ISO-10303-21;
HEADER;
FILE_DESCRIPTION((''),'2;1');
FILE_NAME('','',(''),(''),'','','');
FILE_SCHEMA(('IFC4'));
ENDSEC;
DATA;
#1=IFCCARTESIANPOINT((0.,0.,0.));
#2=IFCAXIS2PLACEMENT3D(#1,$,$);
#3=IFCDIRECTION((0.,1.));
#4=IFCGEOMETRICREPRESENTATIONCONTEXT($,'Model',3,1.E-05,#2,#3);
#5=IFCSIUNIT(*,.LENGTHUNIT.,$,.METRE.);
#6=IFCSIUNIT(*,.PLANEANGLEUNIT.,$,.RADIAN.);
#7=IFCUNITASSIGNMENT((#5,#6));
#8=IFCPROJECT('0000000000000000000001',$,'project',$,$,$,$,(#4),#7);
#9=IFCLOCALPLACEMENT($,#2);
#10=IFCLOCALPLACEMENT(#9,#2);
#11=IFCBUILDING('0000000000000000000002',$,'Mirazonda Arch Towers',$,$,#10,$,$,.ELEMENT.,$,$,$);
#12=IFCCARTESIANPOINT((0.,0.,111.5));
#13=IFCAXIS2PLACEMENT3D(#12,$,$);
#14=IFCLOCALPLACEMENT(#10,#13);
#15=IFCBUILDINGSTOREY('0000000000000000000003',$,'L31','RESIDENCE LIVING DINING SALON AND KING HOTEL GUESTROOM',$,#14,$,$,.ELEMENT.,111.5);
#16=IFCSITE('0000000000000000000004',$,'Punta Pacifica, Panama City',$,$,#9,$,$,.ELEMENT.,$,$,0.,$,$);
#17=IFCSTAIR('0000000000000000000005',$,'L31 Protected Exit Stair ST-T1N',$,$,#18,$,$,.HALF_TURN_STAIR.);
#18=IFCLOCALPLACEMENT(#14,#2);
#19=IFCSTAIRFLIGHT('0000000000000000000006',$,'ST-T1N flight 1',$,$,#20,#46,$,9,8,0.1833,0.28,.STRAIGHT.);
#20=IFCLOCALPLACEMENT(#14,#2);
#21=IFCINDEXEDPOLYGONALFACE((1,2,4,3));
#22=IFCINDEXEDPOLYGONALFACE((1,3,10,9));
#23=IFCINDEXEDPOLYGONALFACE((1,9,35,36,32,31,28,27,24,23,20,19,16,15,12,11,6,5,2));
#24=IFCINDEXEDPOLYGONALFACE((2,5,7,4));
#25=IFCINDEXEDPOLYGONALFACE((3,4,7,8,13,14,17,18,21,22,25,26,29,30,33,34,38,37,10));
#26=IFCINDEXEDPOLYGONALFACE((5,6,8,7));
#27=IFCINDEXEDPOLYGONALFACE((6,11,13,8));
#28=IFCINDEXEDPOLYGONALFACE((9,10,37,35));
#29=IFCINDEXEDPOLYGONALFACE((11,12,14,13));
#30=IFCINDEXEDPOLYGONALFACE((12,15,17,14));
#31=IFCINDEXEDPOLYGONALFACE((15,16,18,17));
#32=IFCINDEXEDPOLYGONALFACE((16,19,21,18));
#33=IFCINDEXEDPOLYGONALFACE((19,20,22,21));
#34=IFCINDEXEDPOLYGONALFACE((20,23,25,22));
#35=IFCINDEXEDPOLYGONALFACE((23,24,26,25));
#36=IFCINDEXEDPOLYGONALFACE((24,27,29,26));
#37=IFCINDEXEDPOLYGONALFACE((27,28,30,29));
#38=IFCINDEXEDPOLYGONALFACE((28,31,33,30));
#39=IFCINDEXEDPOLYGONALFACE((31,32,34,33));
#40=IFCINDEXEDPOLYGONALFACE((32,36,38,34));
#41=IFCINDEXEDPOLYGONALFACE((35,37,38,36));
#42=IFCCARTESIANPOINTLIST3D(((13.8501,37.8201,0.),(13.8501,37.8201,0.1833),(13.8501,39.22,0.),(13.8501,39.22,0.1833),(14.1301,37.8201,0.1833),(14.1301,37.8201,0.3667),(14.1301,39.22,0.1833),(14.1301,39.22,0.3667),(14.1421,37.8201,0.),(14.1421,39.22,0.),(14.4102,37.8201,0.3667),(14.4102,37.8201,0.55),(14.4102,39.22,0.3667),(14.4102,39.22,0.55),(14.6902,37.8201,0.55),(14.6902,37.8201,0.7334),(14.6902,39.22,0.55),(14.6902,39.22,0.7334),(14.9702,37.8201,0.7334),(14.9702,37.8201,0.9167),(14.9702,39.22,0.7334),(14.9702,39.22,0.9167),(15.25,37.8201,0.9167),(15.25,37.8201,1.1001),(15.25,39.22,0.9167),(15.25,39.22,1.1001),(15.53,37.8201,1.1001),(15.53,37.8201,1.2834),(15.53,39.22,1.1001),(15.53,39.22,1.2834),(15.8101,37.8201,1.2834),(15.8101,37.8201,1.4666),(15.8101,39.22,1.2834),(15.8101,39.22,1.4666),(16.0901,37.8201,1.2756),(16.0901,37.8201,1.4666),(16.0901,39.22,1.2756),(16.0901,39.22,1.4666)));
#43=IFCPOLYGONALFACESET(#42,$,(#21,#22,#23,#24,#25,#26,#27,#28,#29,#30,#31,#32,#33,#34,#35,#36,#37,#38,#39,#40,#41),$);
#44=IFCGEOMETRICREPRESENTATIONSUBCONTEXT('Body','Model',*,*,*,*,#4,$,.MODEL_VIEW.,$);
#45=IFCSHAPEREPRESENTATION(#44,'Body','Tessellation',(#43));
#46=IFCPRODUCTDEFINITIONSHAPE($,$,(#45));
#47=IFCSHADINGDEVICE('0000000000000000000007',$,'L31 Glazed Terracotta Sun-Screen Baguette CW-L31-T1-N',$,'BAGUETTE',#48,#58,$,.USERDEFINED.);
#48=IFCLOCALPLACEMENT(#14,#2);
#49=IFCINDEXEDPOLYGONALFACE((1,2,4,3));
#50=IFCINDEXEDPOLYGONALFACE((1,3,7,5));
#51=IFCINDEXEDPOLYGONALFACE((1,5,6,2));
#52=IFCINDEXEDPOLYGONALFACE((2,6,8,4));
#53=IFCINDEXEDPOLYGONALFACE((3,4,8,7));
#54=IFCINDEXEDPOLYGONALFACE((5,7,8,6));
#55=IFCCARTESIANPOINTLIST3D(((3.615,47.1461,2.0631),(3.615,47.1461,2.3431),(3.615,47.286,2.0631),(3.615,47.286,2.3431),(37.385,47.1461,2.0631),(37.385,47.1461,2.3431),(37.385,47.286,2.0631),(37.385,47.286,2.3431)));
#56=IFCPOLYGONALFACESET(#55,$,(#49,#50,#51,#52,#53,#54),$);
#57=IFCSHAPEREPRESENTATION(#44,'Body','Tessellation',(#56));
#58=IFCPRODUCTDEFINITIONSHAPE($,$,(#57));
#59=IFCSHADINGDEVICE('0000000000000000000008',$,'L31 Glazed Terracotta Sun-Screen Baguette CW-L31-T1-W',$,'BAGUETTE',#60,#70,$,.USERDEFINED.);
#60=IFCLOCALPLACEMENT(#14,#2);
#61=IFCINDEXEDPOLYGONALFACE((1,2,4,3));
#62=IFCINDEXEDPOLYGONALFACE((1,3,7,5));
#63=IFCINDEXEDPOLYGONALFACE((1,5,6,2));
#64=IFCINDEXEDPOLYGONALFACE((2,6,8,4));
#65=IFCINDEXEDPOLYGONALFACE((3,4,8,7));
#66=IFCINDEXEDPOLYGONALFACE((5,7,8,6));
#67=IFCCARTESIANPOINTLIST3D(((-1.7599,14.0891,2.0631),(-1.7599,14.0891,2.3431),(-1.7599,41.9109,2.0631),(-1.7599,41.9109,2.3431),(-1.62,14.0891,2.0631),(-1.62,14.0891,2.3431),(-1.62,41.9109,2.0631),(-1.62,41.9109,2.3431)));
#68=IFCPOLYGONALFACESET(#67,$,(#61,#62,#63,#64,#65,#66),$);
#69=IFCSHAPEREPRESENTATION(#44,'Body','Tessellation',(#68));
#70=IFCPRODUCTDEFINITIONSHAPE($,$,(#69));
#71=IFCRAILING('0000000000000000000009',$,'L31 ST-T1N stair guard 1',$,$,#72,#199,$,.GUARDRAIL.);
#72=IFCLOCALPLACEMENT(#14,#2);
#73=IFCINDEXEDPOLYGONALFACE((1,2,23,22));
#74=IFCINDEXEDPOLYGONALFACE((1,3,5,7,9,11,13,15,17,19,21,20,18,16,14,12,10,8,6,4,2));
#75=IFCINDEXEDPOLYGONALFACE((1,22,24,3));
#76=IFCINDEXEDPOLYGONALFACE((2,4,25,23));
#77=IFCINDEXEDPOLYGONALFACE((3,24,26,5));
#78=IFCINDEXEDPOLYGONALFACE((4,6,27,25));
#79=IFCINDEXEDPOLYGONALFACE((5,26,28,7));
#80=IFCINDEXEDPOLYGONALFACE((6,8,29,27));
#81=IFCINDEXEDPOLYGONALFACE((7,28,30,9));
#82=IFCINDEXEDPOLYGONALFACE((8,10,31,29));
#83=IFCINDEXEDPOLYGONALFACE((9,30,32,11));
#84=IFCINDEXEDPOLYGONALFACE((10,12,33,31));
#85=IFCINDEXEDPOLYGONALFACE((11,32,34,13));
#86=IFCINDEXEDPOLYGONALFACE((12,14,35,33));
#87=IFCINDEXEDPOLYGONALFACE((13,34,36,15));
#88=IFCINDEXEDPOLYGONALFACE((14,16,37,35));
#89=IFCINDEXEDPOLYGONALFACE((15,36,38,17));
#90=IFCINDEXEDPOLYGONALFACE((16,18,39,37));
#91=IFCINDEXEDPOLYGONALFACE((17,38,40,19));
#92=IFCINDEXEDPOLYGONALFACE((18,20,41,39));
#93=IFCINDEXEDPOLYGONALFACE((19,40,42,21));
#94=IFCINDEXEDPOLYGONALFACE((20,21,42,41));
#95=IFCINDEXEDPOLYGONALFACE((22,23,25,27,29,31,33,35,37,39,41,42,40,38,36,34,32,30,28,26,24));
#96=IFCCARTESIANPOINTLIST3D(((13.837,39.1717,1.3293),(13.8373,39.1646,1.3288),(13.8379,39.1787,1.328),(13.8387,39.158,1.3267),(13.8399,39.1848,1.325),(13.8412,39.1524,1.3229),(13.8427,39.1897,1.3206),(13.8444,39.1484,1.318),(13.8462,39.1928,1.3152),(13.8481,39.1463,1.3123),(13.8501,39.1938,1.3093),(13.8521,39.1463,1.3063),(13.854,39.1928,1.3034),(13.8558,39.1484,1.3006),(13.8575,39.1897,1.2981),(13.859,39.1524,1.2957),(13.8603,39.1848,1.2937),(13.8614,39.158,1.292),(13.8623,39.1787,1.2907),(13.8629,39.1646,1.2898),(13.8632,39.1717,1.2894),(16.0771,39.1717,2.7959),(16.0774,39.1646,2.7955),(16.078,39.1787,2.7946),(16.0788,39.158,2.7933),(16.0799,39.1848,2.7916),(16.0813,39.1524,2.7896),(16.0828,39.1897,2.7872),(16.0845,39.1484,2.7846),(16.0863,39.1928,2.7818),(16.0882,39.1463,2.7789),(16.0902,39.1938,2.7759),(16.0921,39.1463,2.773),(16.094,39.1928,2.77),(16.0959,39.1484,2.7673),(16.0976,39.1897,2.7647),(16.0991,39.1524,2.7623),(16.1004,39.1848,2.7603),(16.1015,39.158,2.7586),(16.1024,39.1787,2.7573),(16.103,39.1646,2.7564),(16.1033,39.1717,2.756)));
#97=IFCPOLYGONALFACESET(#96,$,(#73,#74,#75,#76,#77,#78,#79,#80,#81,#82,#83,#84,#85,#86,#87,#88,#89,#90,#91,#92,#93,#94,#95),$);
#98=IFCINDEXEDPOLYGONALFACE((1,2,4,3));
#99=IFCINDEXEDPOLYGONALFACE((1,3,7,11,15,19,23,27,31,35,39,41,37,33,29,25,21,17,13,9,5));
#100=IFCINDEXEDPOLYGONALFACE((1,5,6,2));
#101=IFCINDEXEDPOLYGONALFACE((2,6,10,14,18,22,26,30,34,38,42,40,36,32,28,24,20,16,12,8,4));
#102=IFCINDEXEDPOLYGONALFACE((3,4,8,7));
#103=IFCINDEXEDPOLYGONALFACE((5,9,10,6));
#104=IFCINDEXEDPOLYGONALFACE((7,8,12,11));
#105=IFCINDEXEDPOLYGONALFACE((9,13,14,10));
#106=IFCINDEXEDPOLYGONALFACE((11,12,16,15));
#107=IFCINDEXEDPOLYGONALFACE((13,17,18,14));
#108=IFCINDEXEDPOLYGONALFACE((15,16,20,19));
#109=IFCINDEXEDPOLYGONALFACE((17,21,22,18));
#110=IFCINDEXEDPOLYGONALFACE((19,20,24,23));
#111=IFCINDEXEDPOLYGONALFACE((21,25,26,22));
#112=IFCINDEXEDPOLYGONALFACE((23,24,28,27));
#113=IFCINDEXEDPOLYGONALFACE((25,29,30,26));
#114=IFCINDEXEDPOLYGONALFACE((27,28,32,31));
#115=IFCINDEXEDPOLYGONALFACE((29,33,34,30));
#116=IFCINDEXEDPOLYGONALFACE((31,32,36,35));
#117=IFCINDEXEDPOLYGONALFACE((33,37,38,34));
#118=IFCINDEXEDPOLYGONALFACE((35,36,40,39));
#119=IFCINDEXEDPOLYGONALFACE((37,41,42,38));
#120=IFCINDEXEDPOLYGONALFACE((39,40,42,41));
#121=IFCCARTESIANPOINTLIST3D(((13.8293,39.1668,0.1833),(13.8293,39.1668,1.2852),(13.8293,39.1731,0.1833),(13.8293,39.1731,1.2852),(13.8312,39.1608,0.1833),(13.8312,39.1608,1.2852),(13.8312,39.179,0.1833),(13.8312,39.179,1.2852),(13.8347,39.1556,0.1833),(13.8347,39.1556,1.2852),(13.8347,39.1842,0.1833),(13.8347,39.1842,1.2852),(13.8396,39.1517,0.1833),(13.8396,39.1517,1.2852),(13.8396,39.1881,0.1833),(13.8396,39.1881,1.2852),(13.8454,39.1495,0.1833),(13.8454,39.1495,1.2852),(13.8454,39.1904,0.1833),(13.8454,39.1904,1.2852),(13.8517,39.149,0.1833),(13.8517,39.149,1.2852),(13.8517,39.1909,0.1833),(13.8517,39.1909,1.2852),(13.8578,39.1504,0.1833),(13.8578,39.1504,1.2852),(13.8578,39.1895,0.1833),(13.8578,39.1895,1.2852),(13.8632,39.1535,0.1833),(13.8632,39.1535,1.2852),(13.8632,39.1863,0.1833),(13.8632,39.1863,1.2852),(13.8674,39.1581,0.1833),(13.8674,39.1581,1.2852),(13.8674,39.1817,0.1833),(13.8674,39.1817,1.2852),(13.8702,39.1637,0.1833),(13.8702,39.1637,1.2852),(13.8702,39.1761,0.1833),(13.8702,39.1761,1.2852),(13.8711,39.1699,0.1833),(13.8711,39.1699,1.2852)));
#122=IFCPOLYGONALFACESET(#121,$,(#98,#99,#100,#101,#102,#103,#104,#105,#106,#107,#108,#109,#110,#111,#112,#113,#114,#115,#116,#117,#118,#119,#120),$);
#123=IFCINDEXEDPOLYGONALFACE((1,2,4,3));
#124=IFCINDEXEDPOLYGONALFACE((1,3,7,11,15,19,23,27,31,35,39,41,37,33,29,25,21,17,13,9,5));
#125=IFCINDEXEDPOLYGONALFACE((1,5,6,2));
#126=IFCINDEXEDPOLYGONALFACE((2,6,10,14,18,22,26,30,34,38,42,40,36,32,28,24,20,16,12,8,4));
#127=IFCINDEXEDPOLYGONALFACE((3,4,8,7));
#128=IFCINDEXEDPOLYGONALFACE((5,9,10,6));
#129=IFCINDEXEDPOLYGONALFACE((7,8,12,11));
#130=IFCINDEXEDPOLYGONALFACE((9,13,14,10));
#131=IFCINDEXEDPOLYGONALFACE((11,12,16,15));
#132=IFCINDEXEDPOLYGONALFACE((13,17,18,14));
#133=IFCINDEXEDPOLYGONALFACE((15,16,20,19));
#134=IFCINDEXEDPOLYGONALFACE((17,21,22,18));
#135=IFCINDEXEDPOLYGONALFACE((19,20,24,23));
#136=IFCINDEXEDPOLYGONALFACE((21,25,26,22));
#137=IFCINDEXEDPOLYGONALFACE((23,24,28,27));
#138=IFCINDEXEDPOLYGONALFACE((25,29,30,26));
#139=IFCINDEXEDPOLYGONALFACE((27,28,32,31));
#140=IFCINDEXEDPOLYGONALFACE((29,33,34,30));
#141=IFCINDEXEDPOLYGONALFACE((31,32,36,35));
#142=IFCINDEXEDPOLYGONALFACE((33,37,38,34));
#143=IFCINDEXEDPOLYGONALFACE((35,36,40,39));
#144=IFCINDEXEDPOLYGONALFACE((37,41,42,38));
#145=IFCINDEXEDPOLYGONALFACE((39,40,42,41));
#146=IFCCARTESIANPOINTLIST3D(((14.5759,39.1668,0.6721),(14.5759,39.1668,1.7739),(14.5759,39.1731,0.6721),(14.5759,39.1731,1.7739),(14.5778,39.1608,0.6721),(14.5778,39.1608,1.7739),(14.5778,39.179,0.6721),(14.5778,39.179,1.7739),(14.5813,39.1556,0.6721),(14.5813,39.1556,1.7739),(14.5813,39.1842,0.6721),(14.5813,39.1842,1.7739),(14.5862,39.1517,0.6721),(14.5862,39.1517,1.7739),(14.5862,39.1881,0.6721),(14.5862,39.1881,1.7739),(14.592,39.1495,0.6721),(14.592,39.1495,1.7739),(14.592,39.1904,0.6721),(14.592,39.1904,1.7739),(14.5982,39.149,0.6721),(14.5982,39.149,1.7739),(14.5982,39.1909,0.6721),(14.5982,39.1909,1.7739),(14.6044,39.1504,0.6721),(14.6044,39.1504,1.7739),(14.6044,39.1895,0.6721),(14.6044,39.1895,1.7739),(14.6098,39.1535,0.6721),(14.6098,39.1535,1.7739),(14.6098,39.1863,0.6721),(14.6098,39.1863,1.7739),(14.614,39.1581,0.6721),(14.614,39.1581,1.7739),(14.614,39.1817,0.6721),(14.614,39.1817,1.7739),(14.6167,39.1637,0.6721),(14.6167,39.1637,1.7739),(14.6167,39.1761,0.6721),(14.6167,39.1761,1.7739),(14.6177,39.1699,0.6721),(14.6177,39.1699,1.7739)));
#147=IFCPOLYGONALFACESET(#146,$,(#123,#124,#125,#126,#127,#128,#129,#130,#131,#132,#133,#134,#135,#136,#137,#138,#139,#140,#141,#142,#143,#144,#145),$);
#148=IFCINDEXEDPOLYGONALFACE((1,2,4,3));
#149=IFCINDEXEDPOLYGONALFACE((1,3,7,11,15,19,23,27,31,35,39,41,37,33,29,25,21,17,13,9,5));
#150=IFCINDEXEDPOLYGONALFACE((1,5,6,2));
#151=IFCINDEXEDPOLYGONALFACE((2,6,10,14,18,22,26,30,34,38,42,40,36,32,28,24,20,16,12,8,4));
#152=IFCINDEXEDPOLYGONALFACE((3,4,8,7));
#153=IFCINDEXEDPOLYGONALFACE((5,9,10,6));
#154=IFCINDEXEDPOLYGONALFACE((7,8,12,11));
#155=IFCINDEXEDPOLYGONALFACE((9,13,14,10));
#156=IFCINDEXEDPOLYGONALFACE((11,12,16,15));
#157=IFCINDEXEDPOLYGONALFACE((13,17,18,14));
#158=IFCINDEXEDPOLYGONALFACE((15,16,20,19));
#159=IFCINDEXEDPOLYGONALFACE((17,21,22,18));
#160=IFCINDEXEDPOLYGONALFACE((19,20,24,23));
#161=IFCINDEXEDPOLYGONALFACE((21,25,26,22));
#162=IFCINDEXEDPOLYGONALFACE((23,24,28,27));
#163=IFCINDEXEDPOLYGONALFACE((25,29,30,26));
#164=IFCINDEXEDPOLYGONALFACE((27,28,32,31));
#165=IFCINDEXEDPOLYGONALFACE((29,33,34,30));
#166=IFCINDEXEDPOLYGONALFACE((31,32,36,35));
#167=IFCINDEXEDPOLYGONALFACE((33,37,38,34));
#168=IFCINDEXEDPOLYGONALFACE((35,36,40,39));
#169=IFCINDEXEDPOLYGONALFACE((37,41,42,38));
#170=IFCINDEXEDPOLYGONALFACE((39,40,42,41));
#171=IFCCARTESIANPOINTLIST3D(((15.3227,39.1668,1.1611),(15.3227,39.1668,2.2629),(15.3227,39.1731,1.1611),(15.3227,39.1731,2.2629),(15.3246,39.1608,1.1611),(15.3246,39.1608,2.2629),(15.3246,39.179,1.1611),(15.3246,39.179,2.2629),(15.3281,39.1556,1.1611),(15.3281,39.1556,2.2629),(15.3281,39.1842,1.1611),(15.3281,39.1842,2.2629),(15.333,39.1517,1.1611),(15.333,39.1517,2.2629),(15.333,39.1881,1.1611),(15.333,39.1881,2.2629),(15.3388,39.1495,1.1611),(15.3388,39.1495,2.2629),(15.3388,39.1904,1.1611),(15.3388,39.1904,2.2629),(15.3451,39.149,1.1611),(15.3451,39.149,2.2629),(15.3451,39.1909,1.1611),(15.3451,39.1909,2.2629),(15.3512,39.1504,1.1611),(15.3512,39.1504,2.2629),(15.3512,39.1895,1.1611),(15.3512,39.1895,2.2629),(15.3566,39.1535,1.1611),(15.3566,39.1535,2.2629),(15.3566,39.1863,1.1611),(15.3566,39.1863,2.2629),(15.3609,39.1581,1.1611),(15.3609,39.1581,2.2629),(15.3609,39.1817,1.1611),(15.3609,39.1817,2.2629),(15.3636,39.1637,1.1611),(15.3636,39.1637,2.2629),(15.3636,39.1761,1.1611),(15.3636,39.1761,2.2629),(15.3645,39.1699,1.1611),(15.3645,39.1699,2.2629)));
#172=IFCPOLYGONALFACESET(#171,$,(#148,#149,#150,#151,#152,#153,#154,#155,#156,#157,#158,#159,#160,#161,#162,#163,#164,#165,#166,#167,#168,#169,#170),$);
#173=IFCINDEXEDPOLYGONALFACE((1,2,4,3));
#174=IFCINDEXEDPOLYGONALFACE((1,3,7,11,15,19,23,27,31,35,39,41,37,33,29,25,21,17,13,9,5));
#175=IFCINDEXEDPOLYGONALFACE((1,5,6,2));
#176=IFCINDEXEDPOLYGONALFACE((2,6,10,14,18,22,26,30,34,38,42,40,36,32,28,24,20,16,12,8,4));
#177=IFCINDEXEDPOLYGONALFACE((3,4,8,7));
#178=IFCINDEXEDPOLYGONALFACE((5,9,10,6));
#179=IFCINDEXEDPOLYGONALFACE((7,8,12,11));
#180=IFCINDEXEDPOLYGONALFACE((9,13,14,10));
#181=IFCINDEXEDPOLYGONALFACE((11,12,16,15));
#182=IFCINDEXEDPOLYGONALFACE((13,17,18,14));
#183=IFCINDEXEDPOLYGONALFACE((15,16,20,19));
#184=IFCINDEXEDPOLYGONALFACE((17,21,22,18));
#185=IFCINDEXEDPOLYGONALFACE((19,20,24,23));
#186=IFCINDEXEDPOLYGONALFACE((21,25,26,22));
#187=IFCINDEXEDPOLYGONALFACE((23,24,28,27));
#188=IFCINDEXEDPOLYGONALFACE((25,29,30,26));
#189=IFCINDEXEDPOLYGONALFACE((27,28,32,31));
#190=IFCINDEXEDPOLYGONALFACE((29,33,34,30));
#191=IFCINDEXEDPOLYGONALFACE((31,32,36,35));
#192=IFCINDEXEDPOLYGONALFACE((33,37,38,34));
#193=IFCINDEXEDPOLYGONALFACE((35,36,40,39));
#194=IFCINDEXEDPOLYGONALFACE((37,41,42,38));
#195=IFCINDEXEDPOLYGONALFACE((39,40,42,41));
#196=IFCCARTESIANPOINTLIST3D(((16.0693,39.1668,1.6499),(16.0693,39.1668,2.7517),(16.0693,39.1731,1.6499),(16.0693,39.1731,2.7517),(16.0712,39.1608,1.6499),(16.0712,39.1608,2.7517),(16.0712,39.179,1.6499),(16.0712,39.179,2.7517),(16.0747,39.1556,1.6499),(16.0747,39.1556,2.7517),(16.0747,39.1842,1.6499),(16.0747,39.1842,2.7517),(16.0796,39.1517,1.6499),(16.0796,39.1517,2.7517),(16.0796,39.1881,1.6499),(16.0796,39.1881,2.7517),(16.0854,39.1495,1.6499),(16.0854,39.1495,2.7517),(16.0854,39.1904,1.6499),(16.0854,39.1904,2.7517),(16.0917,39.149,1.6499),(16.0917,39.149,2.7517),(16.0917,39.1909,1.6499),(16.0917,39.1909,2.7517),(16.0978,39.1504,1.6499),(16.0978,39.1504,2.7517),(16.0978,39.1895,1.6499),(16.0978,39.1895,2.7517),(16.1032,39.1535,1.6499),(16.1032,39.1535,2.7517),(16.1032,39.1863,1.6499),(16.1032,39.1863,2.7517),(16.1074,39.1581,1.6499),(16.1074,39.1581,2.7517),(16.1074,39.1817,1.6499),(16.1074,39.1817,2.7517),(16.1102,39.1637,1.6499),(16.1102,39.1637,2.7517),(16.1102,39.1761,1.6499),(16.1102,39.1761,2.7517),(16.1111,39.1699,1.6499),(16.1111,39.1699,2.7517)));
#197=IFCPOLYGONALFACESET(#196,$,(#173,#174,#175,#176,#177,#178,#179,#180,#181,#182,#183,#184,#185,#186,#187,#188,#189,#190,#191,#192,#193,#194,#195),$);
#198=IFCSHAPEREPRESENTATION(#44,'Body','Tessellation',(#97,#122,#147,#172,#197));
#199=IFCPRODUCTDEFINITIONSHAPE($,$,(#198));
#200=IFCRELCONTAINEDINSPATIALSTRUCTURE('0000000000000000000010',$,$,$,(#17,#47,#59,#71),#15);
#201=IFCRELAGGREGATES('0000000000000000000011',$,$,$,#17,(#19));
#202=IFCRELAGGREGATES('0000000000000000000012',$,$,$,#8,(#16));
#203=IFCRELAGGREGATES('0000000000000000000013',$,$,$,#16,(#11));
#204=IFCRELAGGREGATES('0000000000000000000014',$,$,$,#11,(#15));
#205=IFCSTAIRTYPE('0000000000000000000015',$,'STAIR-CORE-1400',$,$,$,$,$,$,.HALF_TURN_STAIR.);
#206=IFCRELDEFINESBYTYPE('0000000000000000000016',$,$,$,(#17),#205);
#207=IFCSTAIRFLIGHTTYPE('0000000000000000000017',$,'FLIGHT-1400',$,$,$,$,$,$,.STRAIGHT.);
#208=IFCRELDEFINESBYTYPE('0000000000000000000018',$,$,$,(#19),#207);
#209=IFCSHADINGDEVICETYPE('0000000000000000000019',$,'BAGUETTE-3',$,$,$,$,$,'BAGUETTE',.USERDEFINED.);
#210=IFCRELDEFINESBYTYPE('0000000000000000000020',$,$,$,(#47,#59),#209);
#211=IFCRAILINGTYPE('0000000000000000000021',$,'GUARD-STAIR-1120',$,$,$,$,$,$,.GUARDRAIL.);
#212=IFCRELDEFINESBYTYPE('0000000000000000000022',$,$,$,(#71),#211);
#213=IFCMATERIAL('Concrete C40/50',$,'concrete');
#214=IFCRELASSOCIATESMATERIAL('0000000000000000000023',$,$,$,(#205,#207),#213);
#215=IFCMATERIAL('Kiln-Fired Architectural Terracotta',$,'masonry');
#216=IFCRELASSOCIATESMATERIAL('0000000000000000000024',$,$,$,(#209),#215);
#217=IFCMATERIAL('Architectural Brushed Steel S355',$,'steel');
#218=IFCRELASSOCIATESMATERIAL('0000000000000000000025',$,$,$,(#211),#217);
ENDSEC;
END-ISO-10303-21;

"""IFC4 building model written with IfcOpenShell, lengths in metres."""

from ifc_helpers import new_model, si_unit, direction, frame, origin, origin_2d, place, context, subcontext, project, spatial, polyline, rectangle, circle, outline, extrude, material, material_profile, profile_set, type_object, element, aggregate, save


model = new_model("IFC4")

# Units and contexts
model_context = context("Model", 3, precision=1e-05, world=origin(), true_north=direction((0.0, 1.0)))
body_context = subcontext(model_context, "Body", "Model", "MODEL_VIEW")
ifc_project = project(units=[si_unit("LENGTHUNIT", "METRE"), si_unit("PLANEANGLEUNIT", "RADIAN")], contexts=[model_context])

# Site, building, storey
site_placement = place(None, origin())
site = spatial("IfcSite", under=ifc_project, at=site_placement, Name="Punta Pacifica, Panama City", CompositionType="ELEMENT", RefElevation=0.0)
building_placement = place(site_placement, origin())
building = spatial("IfcBuilding", under=site, at=building_placement, Name="Mirazonda Arch Towers", CompositionType="ELEMENT")
storey_placement = place(building_placement, frame((0.0, 0.0, 111.5)))
storey = spatial("IfcBuildingStorey", under=building, at=storey_placement, Name="L31", Description="RESIDENCE LIVING DINING SALON AND KING HOTEL GUESTROOM", CompositionType="ELEMENT", Elevation=111.5)

# Shared definitions
ifc_material_1 = material(Name="Architectural Brushed Steel S355", Category="steel")

# Stair, stair flight
ifc_material_2 = material(Name="Concrete C40/50", Category="concrete")
stair_type = type_object("IfcStairType", Name="STAIR-CORE-1400", PredefinedType="HALF_TURN_STAIR", material=ifc_material_2)
stair_placement = place(storey_placement, origin())
stair = element("IfcStair", 1, at=stair_placement, inside=storey, type_object=stair_type, Name="L31 Protected Exit Stair ST-T1N", PredefinedType="HALF_TURN_STAIR")
stair_flight_type = type_object("IfcStairFlightType", Name="FLIGHT-1400", PredefinedType="STRAIGHT", material=ifc_material_2)
stair_flight_placement = place(storey_placement, frame((13.8501, 38.52, 0.0), z_axis=(0.0, 0.0, 1.0), x_axis=(1.0, 0.0, 0.0)))
stair_flight = element("IfcStairFlight", 2, at=stair_flight_placement, type_object=stair_flight_type, Name="ST-T1N flight 1", NumberOfRisers=9, NumberOfTreads=8, PredefinedType="STRAIGHT", RiserHeight=0.1833, TreadLength=0.28, context=body_context, shape_type="SweptSolid", body=[
    extrude(outline(polyline([(0.0, 0.0), (0.0, 0.1833), (0.28, 0.1833), (0.28, 0.3667), (0.5601, 0.3667), (0.5601, 0.55), (0.8401, 0.55), (0.8401, 0.7334), (1.1201, 0.7334), (1.1201, 0.9167), (1.3999, 0.9167), (1.3999, 1.1001), (1.6799, 1.1001), (1.6799, 1.2834), (1.96, 1.2834), (1.96, 1.4666), (2.24, 1.4666), (2.24, 1.6499), (2.24, 1.2756), (0.292, 0.0), (0.0, 0.0)])), frame((0.0, 0.7, 0.0), z_axis=(0.0, -1.0, 0.0), x_axis=(1.0, 0.0, 0.0)), (0.0, 0.0, 1.0), 1.3999),
])
aggregate(stair, [stair_flight])

# Shading devices
ifc_material_3 = material(Name="Kiln-Fired Architectural Terracotta", Category="masonry")
ifc_material_profile_1 = material_profile(ifc_material_3, rectangle(XDim=0.1399, YDim=0.28, at=origin_2d()), Name="TERRA-BAG-140x280")
ifc_profile_set_1 = profile_set([ifc_material_profile_1], Name="Kiln-Fired Architectural Terracotta")
shading_device_type = type_object("IfcShadingDeviceType", Name="BAGUETTE-3", ElementType="BAGUETTE", PredefinedType="USERDEFINED", material=ifc_profile_set_1)
shading_device_1_placement = place(storey_placement, frame((3.615, 47.2161, 2.2031), z_axis=(1.0, 0.0, 0.0), x_axis=(0.0, 1.0, 0.0)))
element("IfcShadingDevice", 3, at=shading_device_1_placement, inside=storey, type_object=shading_device_type, Name="L31 Glazed Terracotta Sun-Screen Baguette CW-L31-T1-N", ObjectType="BAGUETTE", PredefinedType="USERDEFINED", context=body_context, shape_type="SweptSolid", body=[
    extrude(rectangle(XDim=0.1399, YDim=0.28, at=origin_2d()), origin(), (0.0, 0.0, 1.0), 33.77),
])
shading_device_2_placement = place(storey_placement, frame((-1.6899, 41.9109, 2.2031), z_axis=(0.0, -1.0, 0.0), x_axis=(1.0, 0.0, 0.0)))
element("IfcShadingDevice", 4, at=shading_device_2_placement, inside=storey, type_object=shading_device_type, Name="L31 Glazed Terracotta Sun-Screen Baguette CW-L31-T1-W", ObjectType="BAGUETTE", PredefinedType="USERDEFINED", context=body_context, shape_type="SweptSolid", body=[
    extrude(rectangle(XDim=0.1399, YDim=0.28, at=origin_2d()), origin(), (0.0, 0.0, 1.0), 27.8218),
])

# Railing
railing_type_1 = type_object("IfcRailingType", Name="GUARD-STAIR-1120", PredefinedType="GUARDRAIL", material=ifc_material_1)
railing_1_placement = place(storey_placement, frame((13.8501, 39.1699, 0.1833)))
element("IfcRailing", 5, at=railing_1_placement, inside=storey, type_object=railing_type_1, Name="L31 ST-T1N stair guard 1", PredefinedType="GUARDRAIL", context=body_context, shape_type="SweptSolid", body=[
    extrude(circle(Radius=0.0239, at=origin_2d()), frame((0.0, 0.0, 1.126), z_axis=(0.836637, 0.0, 0.547758), x_axis=(0.0, 1.0, 0.0)), (0.0, 0.0, 1.0), 2.6775),
    extrude(circle(Radius=0.021, at=origin_2d()), origin(), (0.0, 0.0, 1.0), 1.1018),
    extrude(circle(Radius=0.021, at=origin_2d()), frame((0.7466, 0.0, 0.4888)), (0.0, 0.0, 1.0), 1.1018),
    extrude(circle(Radius=0.021, at=origin_2d()), frame((1.4934, 0.0, 0.9778)), (0.0, 0.0, 1.0), 1.1018),
    extrude(circle(Radius=0.021, at=origin_2d()), frame((2.24, 0.0, 1.4666)), (0.0, 0.0, 1.0), 1.1018),
])

save(model, "model.ifc")
